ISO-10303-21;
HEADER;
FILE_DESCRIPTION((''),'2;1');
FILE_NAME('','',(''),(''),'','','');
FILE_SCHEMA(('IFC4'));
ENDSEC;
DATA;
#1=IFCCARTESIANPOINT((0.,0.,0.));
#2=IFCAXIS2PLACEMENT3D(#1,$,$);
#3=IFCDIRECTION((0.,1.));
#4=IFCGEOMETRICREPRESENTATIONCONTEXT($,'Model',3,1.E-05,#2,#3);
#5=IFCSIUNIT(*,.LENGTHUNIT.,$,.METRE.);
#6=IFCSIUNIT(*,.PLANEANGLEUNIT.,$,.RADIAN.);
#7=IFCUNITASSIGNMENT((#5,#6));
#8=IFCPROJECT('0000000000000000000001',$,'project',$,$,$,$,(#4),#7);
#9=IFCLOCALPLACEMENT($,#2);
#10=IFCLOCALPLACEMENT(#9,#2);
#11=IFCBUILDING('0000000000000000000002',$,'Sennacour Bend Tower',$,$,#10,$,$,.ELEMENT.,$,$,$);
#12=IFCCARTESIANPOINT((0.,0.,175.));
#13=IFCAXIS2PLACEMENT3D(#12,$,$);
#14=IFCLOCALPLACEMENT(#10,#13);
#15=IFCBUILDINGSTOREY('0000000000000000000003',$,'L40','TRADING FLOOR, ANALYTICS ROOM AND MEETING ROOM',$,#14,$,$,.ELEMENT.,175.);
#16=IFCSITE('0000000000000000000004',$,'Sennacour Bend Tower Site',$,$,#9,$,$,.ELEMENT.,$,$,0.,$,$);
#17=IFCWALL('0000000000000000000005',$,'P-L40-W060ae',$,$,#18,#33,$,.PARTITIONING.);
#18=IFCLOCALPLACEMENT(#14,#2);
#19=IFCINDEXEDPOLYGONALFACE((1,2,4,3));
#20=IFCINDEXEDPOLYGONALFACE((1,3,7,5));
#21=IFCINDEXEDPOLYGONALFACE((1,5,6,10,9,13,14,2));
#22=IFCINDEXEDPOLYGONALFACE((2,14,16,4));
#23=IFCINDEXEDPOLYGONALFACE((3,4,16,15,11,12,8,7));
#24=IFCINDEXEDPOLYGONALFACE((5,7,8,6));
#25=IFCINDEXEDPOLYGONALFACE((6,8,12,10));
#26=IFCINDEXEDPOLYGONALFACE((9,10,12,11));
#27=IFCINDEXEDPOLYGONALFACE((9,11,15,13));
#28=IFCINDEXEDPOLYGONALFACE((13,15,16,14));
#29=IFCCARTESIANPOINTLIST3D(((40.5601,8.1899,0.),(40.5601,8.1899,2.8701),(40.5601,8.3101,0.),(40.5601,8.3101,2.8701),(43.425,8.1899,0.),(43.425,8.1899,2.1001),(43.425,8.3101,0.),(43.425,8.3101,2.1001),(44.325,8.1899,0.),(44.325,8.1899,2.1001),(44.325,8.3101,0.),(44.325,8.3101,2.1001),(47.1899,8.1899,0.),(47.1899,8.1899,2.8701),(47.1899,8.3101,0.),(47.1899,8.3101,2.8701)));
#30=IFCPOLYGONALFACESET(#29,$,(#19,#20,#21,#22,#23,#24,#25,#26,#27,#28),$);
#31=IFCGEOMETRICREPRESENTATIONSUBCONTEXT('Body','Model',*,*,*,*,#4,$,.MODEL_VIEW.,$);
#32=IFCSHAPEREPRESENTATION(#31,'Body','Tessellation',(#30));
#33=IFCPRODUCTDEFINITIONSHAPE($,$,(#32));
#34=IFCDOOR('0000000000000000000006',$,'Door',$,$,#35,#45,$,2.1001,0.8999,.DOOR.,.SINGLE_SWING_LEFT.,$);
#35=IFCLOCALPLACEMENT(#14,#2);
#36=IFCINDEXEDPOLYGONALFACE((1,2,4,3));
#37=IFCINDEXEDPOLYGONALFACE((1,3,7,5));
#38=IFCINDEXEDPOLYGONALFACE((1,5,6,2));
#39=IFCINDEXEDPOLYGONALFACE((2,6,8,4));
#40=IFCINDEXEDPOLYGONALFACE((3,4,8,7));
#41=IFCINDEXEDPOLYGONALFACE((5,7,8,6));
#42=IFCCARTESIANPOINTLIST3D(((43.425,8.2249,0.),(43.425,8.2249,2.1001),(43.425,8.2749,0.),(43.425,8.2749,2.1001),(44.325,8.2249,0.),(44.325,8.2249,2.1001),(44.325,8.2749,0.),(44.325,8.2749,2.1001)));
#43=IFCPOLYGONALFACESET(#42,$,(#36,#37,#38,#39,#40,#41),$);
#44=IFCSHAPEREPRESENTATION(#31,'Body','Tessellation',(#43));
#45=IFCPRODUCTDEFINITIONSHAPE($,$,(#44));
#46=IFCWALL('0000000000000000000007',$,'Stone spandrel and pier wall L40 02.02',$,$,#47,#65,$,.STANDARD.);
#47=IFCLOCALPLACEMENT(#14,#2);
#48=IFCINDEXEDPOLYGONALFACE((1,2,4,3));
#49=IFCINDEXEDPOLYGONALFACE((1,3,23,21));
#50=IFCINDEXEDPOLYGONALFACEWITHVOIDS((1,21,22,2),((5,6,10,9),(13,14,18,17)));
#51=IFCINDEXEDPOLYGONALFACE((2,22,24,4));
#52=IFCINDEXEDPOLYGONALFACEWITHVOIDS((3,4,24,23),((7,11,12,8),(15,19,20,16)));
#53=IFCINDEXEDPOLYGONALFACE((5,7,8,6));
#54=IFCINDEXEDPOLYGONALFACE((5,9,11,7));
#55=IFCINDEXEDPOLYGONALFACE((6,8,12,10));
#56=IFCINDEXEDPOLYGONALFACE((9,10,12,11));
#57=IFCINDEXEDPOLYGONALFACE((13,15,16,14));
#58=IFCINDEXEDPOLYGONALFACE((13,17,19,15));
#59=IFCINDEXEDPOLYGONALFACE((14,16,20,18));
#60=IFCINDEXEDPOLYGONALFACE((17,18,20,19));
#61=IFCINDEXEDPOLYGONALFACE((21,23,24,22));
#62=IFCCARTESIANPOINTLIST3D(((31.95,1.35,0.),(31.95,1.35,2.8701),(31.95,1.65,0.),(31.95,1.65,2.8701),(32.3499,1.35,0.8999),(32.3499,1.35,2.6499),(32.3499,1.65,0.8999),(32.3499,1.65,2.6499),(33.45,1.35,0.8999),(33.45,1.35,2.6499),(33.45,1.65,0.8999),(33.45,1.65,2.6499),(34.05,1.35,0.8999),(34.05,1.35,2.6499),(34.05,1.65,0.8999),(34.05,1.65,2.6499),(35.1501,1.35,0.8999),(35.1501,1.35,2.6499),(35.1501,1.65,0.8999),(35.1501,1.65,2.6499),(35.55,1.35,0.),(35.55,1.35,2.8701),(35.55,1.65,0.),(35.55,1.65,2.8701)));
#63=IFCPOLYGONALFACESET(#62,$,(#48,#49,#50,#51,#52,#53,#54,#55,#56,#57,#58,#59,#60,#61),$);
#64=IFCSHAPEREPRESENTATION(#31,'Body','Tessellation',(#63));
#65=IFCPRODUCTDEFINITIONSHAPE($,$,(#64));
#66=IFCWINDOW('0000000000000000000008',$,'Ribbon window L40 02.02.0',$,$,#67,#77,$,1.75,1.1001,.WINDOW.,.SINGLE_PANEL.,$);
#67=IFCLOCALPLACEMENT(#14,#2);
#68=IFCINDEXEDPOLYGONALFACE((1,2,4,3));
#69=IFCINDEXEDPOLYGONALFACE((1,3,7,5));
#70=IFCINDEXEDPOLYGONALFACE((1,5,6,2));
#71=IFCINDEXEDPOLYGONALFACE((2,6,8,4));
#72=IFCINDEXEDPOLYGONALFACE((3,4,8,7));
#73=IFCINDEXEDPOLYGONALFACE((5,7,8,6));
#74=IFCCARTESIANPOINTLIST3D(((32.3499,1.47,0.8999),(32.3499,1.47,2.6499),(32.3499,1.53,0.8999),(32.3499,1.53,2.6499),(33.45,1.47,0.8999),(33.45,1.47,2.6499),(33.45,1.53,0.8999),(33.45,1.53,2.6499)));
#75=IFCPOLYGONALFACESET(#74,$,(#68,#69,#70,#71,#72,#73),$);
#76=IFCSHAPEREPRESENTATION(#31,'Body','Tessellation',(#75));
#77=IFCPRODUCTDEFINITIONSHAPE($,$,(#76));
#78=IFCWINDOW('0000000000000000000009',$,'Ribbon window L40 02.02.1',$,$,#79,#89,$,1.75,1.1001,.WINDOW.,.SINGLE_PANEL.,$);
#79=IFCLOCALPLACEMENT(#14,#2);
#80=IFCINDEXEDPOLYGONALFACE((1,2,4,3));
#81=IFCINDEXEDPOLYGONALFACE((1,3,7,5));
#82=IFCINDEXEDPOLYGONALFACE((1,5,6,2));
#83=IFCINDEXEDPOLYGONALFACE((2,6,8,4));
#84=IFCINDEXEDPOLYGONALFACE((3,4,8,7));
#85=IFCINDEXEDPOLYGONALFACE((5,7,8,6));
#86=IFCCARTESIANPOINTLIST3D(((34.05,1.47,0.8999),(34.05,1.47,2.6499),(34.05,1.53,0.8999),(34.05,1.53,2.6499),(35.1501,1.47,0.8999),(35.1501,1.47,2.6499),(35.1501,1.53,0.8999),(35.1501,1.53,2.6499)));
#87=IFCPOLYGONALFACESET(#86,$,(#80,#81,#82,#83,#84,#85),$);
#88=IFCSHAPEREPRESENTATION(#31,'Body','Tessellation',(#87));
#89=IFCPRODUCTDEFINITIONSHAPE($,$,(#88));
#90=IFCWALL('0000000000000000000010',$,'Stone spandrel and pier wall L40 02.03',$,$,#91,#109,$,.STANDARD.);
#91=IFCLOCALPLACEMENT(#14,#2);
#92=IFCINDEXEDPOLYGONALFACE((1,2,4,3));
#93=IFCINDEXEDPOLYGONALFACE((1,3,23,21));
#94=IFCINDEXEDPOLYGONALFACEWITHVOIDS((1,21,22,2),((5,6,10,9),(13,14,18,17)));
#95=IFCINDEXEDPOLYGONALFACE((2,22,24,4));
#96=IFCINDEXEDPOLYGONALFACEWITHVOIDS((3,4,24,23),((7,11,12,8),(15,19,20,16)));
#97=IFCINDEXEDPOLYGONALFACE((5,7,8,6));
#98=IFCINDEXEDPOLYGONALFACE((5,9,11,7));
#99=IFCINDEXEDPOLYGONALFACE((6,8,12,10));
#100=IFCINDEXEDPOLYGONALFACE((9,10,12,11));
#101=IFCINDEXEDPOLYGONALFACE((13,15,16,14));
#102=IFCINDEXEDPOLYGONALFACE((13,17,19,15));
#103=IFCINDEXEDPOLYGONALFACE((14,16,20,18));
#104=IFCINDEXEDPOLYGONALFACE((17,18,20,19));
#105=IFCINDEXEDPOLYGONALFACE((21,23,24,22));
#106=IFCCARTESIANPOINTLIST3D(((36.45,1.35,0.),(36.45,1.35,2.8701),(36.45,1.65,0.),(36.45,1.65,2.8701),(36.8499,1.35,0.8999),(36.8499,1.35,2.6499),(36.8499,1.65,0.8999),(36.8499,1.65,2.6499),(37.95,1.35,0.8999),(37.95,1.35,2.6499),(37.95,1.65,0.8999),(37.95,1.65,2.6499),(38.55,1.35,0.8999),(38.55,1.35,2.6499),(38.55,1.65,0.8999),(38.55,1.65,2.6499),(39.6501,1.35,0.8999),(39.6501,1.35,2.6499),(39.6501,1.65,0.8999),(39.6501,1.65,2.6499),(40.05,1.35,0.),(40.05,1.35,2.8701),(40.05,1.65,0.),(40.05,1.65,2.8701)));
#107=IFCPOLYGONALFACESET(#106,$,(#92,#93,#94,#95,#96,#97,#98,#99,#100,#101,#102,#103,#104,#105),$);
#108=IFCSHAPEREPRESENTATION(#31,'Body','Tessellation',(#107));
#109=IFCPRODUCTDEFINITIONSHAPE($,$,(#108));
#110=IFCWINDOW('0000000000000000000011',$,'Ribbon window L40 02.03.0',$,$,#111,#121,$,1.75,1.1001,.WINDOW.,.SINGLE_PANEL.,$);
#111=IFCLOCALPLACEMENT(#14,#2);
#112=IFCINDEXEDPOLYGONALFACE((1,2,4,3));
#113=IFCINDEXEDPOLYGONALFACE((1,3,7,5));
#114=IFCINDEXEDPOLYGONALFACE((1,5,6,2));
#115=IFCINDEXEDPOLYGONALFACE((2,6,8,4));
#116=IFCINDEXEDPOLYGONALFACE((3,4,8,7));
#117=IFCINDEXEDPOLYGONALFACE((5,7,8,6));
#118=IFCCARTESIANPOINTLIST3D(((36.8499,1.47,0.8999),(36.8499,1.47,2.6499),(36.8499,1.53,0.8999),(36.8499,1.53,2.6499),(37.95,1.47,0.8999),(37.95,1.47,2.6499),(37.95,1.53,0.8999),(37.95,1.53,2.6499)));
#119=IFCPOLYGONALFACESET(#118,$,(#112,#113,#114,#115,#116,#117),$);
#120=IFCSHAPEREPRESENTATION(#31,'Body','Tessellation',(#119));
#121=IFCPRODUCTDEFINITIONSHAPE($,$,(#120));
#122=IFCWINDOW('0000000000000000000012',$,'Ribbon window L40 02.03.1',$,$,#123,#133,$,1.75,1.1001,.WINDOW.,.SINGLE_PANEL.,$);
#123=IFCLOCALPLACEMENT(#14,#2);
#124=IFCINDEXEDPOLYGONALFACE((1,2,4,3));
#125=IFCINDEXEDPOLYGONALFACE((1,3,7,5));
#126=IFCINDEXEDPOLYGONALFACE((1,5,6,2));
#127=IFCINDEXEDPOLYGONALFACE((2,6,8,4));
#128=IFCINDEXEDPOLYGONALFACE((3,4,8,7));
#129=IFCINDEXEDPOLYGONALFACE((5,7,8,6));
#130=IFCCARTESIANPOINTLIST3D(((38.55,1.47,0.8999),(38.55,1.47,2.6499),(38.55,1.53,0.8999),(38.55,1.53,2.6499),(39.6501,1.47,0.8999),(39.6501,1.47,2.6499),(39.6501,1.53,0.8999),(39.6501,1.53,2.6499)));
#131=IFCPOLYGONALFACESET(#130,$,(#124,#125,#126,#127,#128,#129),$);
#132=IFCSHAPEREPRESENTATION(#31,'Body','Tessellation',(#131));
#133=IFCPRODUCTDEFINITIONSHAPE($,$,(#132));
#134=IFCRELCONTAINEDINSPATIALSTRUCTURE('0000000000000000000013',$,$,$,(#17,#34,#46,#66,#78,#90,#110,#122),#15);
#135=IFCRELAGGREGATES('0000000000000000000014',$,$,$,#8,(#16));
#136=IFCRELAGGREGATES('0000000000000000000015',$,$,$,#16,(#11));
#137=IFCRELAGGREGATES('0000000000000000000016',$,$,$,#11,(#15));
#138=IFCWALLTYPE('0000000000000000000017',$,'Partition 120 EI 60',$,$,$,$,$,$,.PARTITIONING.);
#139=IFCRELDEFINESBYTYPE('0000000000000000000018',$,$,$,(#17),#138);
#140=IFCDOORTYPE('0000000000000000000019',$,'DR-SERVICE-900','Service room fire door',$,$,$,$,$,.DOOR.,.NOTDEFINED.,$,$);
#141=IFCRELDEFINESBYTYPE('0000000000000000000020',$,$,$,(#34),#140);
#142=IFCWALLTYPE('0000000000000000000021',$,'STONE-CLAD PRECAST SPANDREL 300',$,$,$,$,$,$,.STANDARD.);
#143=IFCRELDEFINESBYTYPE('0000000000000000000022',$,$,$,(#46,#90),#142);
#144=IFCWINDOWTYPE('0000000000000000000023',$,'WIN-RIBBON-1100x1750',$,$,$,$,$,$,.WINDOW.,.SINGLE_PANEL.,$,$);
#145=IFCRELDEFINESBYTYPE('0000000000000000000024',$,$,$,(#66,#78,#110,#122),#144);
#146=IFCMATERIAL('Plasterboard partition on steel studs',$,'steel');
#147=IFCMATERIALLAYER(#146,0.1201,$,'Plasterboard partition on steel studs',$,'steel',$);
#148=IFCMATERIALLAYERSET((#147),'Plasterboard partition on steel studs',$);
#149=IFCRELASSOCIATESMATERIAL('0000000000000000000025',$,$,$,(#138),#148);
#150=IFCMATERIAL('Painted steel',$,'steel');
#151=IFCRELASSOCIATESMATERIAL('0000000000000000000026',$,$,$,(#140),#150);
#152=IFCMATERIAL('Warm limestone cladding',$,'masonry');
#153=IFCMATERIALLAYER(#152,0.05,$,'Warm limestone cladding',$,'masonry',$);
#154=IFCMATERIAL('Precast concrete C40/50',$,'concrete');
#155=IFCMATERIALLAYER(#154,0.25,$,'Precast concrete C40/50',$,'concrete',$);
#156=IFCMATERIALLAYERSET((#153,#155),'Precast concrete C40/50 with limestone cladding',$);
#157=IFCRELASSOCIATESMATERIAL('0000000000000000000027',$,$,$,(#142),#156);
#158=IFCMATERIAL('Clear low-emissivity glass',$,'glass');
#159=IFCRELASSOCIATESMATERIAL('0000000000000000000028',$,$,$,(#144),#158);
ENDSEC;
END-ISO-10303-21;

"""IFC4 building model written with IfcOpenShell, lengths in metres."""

from ifc_helpers import new_model, si_unit, direction, frame, frame_2d, origin, place, context, subcontext, project, spatial, rectangle, extrude, material, layer, layer_set, type_object, element, fill, save


model = new_model("IFC4")

# Units and contexts
model_context = context("Model", 3, precision=1e-05, world=origin(), true_north=direction((0.0, 1.0)))
body_context = subcontext(model_context, "Body", "Model", "MODEL_VIEW")
ifc_project = project(units=[si_unit("LENGTHUNIT", "METRE"), si_unit("PLANEANGLEUNIT", "RADIAN")], contexts=[model_context])

# Site, building, storey
site_placement = place(None, origin())
site = spatial("IfcSite", under=ifc_project, at=site_placement, Name="Sennacour Bend Tower Site", CompositionType="ELEMENT", RefElevation=0.0)
building_placement = place(site_placement, origin())
building = spatial("IfcBuilding", under=site, at=building_placement, Name="Sennacour Bend Tower", CompositionType="ELEMENT")
storey_placement = place(building_placement, frame((0.0, 0.0, 175.0)))
storey = spatial("IfcBuildingStorey", under=building, at=storey_placement, Name="L40", Description="TRADING FLOOR, ANALYTICS ROOM AND MEETING ROOM", CompositionType="ELEMENT", Elevation=175.0)

# Shared definitions
ifc_material_1 = material(Name="Plasterboard partition on steel studs", Category="steel")

# Wall, opening, door
ifc_layer_1 = layer(ifc_material_1, 0.1201, Name="Plasterboard partition on steel studs", Category="steel")
ifc_layer_set_1 = layer_set([ifc_layer_1], Name="Plasterboard partition on steel studs")
wall_type_1 = type_object("IfcWallType", Name="Partition 120 EI 60", PredefinedType="PARTITIONING", material=ifc_layer_set_1)
wall_1_placement = place(storey_placement, frame((40.5601, 8.25, 0.0), z_axis=(0.0, 0.0, 1.0), x_axis=(1.0, 0.0, 0.0)))
wall_1 = element("IfcWall", 1, at=wall_1_placement, inside=storey, type_object=wall_type_1, Name="P-L40-W060ae", PredefinedType="PARTITIONING", context=body_context, shape_type="SweptSolid", body=[
    extrude(rectangle(XDim=6.6299, YDim=0.1201, at=frame_2d((3.3149, 0.0))), origin(), (0.0, 0.0, 1.0), 2.8701),
])
opening_1_placement = place(wall_1_placement, frame((2.865, 0.0, 0.0)))
opening_1 = element("IfcOpeningElement", 2, at=opening_1_placement, cuts=wall_1, PredefinedType="OPENING", context=body_context, shape_type="SweptSolid", body=[
    extrude(rectangle(XDim=0.8999, YDim=2.1001, at=frame_2d((0.45, 1.05))), frame((0.0, 0.0701, 0.0), z_axis=(0.0, -1.0, 0.0), x_axis=(1.0, 0.0, 0.0)), (0.0, 0.0, 1.0), 0.1401),
])
ifc_material_2 = material(Name="Painted steel", Category="steel")
door_type_1 = type_object("IfcDoorType", Name="DR-SERVICE-900", Description="Service room fire door", OperationType="NOTDEFINED", PredefinedType="DOOR", material=ifc_material_2)
door_1_placement = place(opening_1_placement, origin())
door_1 = element("IfcDoor", 3, at=door_1_placement, inside=storey, type_object=door_type_1, Name="Door", OperationType="SINGLE_SWING_LEFT", OverallHeight=2.1001, OverallWidth=0.8999, PredefinedType="DOOR", context=body_context, shape_type="SweptSolid", body=[
    extrude(rectangle(XDim=0.8999, YDim=2.1001, at=frame_2d((0.45, 1.05))), frame((0.0, 0.0249, 0.0), z_axis=(0.0, -1.0, 0.0), x_axis=(1.0, 0.0, 0.0)), (0.0, 0.0, 1.0), 0.05),
])
fill(opening_1, door_1)

# Walls, openings, windows
ifc_material_3 = material(Name="Warm limestone cladding", Category="masonry")
ifc_layer_2 = layer(ifc_material_3, 0.05, Name="Warm limestone cladding", Category="masonry")
ifc_material_4 = material(Name="Precast concrete C40/50", Category="concrete")
ifc_layer_3 = layer(ifc_material_4, 0.25, Name="Precast concrete C40/50", Category="concrete")
ifc_layer_set_2 = layer_set([ifc_layer_2, ifc_layer_3], Name="Precast concrete C40/50 with limestone cladding")
wall_type_2 = type_object("IfcWallType", Name="STONE-CLAD PRECAST SPANDREL 300", PredefinedType="STANDARD", material=ifc_layer_set_2)
wall_2_placement = place(storey_placement, frame((31.95, 1.5, 0.0), z_axis=(0.0, 0.0, 1.0), x_axis=(1.0, 0.0, 0.0)))
wall_2 = element("IfcWall", 4, at=wall_2_placement, inside=storey, type_object=wall_type_2, Name="Stone spandrel and pier wall L40 02.02", PredefinedType="STANDARD", context=body_context, shape_type="SweptSolid", body=[
    extrude(rectangle(XDim=3.6001, YDim=0.3, at=frame_2d((1.8, 0.0))), origin(), (0.0, 0.0, 1.0), 2.8701),
])
opening_2_placement = place(wall_2_placement, frame((0.3999, 0.0, 0.8999)))
opening_2 = element("IfcOpeningElement", 5, at=opening_2_placement, cuts=wall_2, PredefinedType="OPENING", context=body_context, shape_type="SweptSolid", body=[
    extrude(rectangle(XDim=1.1001, YDim=1.75, at=frame_2d((0.55, 0.875))), frame((0.0, 0.1602, 0.0), z_axis=(0.0, -1.0, 0.0), x_axis=(1.0, 0.0, 0.0)), (0.0, 0.0, 1.0), 0.3201),
])
opening_3_placement = place(wall_2_placement, frame((2.1001, 0.0, 0.8999)))
opening_3 = element("IfcOpeningElement", 6, at=opening_3_placement, cuts=wall_2, PredefinedType="OPENING", context=body_context, shape_type="SweptSolid", body=[
    extrude(rectangle(XDim=1.1001, YDim=1.75, at=frame_2d((0.55, 0.875))), frame((0.0, 0.1602, 0.0), z_axis=(0.0, -1.0, 0.0), x_axis=(1.0, 0.0, 0.0)), (0.0, 0.0, 1.0), 0.3201),
])
ifc_material_5 = material(Name="Clear low-emissivity glass", Category="glass")
window_type = type_object("IfcWindowType", Name="WIN-RIBBON-1100x1750", PartitioningType="SINGLE_PANEL", PredefinedType="WINDOW", material=ifc_material_5)
window_1_placement = place(opening_2_placement, origin())
window_1 = element("IfcWindow", 7, at=window_1_placement, inside=storey, type_object=window_type, Name="Ribbon window L40 02.02.0", OverallHeight=1.75, OverallWidth=1.1001, PartitioningType="SINGLE_PANEL", PredefinedType="WINDOW", context=body_context, shape_type="SweptSolid", body=[
    extrude(rectangle(XDim=1.1001, YDim=1.75, at=frame_2d((0.55, 0.875))), frame((0.0, 0.03, 0.0), z_axis=(0.0, -1.0, 0.0), x_axis=(1.0, 0.0, 0.0)), (0.0, 0.0, 1.0), 0.0601),
])
fill(opening_2, window_1)
window_2_placement = place(opening_3_placement, origin())
window_2 = element("IfcWindow", 8, at=window_2_placement, inside=storey, type_object=window_type, Name="Ribbon window L40 02.02.1", OverallHeight=1.75, OverallWidth=1.1001, PartitioningType="SINGLE_PANEL", PredefinedType="WINDOW", context=body_context, shape_type="SweptSolid", body=[
    extrude(rectangle(XDim=1.1001, YDim=1.75, at=frame_2d((0.55, 0.875))), frame((0.0, 0.03, 0.0), z_axis=(0.0, -1.0, 0.0), x_axis=(1.0, 0.0, 0.0)), (0.0, 0.0, 1.0), 0.0601),
])
fill(opening_3, window_2)
wall_3_placement = place(storey_placement, frame((36.45, 1.5, 0.0), z_axis=(0.0, 0.0, 1.0), x_axis=(1.0, 0.0, 0.0)))
wall_3 = element("IfcWall", 9, at=wall_3_placement, inside=storey, type_object=wall_type_2, Name="Stone spandrel and pier wall L40 02.03", PredefinedType="STANDARD", context=body_context, shape_type="SweptSolid", body=[
    extrude(rectangle(XDim=3.6001, YDim=0.3, at=frame_2d((1.8, 0.0))), origin(), (0.0, 0.0, 1.0), 2.8701),
])
opening_4_placement = place(wall_3_placement, frame((0.3999, 0.0, 0.8999)))
opening_4 = element("IfcOpeningElement", 10, at=opening_4_placement, cuts=wall_3, PredefinedType="OPENING", context=body_context, shape_type="SweptSolid", body=[
    extrude(rectangle(XDim=1.1001, YDim=1.75, at=frame_2d((0.55, 0.875))), frame((0.0, 0.1602, 0.0), z_axis=(0.0, -1.0, 0.0), x_axis=(1.0, 0.0, 0.0)), (0.0, 0.0, 1.0), 0.3201),
])
opening_5_placement = place(wall_3_placement, frame((2.1001, 0.0, 0.8999)))
opening_5 = element("IfcOpeningElement", 11, at=opening_5_placement, cuts=wall_3, PredefinedType="OPENING", context=body_context, shape_type="SweptSolid", body=[
    extrude(rectangle(XDim=1.1001, YDim=1.75, at=frame_2d((0.55, 0.875))), frame((0.0, 0.1602, 0.0), z_axis=(0.0, -1.0, 0.0), x_axis=(1.0, 0.0, 0.0)), (0.0, 0.0, 1.0), 0.3201),
])
window_3_placement = place(opening_4_placement, origin())
window_3 = element("IfcWindow", 12, at=window_3_placement, inside=storey, type_object=window_type, Name="Ribbon window L40 02.03.0", OverallHeight=1.75, OverallWidth=1.1001, PartitioningType="SINGLE_PANEL", PredefinedType="WINDOW", context=body_context, shape_type="SweptSolid", body=[
    extrude(rectangle(XDim=1.1001, YDim=1.75, at=frame_2d((0.55, 0.875))), frame((0.0, 0.03, 0.0), z_axis=(0.0, -1.0, 0.0), x_axis=(1.0, 0.0, 0.0)), (0.0, 0.0, 1.0), 0.0601),
])
fill(opening_4, window_3)
window_4_placement = place(opening_5_placement, origin())
window_4 = element("IfcWindow", 13, at=window_4_placement, inside=storey, type_object=window_type, Name="Ribbon window L40 02.03.1", OverallHeight=1.75, OverallWidth=1.1001, PartitioningType="SINGLE_PANEL", PredefinedType="WINDOW", context=body_context, shape_type="SweptSolid", body=[
    extrude(rectangle(XDim=1.1001, YDim=1.75, at=frame_2d((0.55, 0.875))), frame((0.0, 0.03, 0.0), z_axis=(0.0, -1.0, 0.0), x_axis=(1.0, 0.0, 0.0)), (0.0, 0.0, 1.0), 0.0601),
])
fill(opening_5, window_4)

save(model, "model.ifc")
